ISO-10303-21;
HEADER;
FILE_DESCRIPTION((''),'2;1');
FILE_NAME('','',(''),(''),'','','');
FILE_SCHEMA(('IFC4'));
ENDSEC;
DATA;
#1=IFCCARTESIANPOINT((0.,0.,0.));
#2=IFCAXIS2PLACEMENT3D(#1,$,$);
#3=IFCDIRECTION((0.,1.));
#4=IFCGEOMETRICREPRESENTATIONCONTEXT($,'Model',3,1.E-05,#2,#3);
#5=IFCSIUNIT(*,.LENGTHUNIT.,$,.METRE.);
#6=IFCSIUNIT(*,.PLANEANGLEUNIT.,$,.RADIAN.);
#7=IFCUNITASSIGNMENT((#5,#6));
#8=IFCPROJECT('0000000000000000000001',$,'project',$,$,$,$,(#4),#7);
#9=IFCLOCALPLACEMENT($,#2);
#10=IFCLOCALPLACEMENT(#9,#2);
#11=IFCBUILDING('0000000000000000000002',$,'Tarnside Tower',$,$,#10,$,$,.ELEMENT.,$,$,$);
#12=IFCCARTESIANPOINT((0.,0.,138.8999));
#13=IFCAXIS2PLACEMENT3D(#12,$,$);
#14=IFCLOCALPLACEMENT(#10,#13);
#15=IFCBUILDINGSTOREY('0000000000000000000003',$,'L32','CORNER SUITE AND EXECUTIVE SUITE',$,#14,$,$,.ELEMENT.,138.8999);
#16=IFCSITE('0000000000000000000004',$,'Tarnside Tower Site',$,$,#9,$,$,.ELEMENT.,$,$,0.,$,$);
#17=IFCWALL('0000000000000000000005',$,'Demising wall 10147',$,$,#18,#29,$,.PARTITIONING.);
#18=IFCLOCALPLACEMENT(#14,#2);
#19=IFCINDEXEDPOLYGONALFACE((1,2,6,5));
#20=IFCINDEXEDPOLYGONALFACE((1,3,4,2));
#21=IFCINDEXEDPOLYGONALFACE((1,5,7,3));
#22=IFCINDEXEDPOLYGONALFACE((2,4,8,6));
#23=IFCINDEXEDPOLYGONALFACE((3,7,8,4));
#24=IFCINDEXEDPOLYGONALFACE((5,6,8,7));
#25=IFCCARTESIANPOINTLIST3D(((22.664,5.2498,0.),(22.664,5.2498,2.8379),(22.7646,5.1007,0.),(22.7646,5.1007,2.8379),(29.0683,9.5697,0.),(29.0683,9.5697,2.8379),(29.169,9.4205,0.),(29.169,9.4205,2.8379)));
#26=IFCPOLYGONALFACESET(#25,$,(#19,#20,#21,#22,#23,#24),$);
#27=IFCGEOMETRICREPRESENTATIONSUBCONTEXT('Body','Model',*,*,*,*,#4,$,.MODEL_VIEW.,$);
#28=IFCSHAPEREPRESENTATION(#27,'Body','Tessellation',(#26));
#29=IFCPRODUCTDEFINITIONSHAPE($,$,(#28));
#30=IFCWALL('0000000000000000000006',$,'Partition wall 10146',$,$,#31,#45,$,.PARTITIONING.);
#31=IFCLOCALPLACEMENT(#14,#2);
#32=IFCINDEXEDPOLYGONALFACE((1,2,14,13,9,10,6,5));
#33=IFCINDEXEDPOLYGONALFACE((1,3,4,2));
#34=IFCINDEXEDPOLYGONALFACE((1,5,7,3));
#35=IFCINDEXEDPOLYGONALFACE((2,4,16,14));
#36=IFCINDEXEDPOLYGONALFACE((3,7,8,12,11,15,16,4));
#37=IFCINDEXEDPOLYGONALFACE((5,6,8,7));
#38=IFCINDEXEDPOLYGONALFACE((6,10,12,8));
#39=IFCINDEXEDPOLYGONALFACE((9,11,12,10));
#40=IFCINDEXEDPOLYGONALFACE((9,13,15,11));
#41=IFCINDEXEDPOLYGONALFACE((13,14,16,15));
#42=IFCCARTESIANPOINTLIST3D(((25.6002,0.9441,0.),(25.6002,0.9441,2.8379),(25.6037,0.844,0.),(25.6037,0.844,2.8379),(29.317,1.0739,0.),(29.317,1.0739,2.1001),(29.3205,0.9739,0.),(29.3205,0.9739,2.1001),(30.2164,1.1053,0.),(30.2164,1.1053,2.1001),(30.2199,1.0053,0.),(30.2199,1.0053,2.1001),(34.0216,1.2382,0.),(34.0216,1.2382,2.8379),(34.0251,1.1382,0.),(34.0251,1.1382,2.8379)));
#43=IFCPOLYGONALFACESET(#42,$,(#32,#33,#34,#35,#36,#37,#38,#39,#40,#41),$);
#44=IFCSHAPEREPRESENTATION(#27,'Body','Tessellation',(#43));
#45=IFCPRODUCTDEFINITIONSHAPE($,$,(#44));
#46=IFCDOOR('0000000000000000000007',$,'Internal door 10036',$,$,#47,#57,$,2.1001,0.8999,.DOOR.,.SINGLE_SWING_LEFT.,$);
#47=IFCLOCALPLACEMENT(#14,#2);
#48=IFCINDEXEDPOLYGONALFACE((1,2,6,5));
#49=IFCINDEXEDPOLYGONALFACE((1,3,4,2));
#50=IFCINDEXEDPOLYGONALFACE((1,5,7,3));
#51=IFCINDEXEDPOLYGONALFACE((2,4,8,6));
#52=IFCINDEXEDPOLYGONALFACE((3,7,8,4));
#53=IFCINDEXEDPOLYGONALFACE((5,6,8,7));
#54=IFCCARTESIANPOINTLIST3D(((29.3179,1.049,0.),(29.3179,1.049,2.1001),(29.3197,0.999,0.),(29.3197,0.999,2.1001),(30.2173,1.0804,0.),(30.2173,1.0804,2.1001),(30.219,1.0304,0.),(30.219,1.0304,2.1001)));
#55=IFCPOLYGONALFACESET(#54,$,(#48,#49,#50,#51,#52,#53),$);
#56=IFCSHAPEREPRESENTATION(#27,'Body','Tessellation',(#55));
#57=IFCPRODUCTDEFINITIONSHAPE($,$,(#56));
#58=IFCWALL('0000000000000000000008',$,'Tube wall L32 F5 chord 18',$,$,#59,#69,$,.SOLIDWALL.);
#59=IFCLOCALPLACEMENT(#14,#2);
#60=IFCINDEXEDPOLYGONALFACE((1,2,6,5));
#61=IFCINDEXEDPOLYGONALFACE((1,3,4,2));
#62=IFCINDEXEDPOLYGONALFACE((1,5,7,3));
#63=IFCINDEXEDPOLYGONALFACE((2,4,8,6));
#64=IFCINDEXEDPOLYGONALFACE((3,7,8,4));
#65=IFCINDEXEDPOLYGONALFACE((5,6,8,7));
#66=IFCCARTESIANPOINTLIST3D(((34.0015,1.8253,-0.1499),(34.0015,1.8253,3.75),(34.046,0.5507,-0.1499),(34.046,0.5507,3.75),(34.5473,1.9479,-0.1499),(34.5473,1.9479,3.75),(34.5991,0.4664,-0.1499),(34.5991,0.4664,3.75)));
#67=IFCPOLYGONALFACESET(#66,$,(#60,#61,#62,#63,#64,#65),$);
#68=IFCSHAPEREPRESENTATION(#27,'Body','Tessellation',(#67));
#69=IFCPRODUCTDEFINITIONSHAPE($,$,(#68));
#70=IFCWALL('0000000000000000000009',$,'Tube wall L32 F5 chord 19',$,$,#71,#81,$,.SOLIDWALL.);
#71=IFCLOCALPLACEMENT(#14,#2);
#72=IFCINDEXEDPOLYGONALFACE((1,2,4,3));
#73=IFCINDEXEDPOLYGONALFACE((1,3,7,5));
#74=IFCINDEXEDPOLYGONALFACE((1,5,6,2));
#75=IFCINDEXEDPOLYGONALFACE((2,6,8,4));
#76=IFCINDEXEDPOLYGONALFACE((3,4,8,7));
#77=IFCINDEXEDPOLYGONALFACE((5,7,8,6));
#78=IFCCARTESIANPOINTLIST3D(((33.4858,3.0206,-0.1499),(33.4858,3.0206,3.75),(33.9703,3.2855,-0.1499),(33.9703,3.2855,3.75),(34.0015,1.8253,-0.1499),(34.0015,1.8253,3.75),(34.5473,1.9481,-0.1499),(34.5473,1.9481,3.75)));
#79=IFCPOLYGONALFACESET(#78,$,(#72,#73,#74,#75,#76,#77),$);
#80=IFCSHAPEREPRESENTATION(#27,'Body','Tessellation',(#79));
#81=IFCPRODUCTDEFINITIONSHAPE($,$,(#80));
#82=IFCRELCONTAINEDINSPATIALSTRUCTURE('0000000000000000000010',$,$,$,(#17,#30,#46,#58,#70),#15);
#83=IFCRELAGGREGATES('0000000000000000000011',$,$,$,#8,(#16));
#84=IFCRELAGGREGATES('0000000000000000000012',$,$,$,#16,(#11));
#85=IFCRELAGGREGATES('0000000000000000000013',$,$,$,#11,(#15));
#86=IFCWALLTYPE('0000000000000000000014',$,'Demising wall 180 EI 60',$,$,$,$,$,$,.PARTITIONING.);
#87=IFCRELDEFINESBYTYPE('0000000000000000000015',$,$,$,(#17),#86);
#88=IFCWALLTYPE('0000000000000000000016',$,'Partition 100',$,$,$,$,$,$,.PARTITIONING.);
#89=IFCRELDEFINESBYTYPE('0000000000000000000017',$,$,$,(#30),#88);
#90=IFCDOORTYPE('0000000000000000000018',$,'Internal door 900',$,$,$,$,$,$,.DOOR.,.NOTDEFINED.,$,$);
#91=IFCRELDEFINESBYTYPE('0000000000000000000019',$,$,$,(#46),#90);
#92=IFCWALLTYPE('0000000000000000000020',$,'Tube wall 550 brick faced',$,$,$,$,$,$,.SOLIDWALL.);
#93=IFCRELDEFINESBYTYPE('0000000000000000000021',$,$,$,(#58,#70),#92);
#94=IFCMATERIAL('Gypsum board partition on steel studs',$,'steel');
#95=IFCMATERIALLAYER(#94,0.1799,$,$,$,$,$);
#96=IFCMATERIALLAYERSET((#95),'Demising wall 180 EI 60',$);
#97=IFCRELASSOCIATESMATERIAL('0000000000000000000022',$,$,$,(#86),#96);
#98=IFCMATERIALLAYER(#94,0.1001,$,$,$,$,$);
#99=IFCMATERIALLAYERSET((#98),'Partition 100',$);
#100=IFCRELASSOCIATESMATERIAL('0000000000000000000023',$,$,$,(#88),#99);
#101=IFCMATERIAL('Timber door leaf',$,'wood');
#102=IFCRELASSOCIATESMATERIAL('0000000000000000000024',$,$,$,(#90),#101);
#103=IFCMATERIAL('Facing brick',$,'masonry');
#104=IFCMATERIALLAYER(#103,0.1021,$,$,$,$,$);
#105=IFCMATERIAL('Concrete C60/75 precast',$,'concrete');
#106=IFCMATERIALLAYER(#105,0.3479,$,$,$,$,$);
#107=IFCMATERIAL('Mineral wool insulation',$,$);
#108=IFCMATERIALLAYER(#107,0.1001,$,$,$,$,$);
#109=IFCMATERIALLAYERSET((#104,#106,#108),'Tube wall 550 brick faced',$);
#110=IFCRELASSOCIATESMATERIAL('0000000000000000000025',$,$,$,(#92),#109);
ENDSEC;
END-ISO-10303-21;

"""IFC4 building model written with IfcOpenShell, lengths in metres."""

from ifc_helpers import new_model, si_unit, direction, frame, frame_2d, origin, place, context, subcontext, project, spatial, polyline, rectangle, outline, extrude, material, layer, layer_set, type_object, element, fill, save


model = new_model("IFC4")

# Units and contexts
model_context = context("Model", 3, precision=1e-05, world=origin(), true_north=direction((0.0, 1.0)))
body_context = subcontext(model_context, "Body", "Model", "MODEL_VIEW")
ifc_project = project(units=[si_unit("LENGTHUNIT", "METRE"), si_unit("PLANEANGLEUNIT", "RADIAN")], contexts=[model_context])

# Site, building, storey
site_placement = place(None, origin())
site = spatial("IfcSite", under=ifc_project, at=site_placement, Name="Tarnside Tower Site", CompositionType="ELEMENT", RefElevation=0.0)
building_placement = place(site_placement, origin())
building = spatial("IfcBuilding", under=site, at=building_placement, Name="Tarnside Tower", CompositionType="ELEMENT")
storey_placement = place(building_placement, frame((0.0, 0.0, 138.8999)))
storey = spatial("IfcBuildingStorey", under=building, at=storey_placement, Name="L32", Description="CORNER SUITE AND EXECUTIVE SUITE", CompositionType="ELEMENT", Elevation=138.8999)

# Wall
ifc_material_1 = material(Name="Gypsum board partition on steel studs", Category="steel")
ifc_layer_1 = layer(ifc_material_1, 0.1799)
ifc_layer_set_1 = layer_set([ifc_layer_1], Name="Demising wall 180 EI 60")
wall_type_1 = type_object("IfcWallType", Name="Demising wall 180 EI 60", PredefinedType="PARTITIONING", material=ifc_layer_set_1)
wall_1_placement = place(storey_placement, frame((29.1187, 9.4951, 0.0), z_axis=(0.0, 0.0, 1.0), x_axis=(-0.829033, -0.559199, 0.0)))
element("IfcWall", 1, at=wall_1_placement, inside=storey, type_object=wall_type_1, Name="Demising wall 10147", PredefinedType="PARTITIONING", context=body_context, shape_type="SweptSolid", body=[
    extrude(rectangle(XDim=7.7251, YDim=0.1799, at=frame_2d((3.8625, 0.0))), origin(), (0.0, 0.0, 1.0), 2.8379),
])

# Wall, opening, door
ifc_layer_2 = layer(ifc_material_1, 0.1001)
ifc_layer_set_2 = layer_set([ifc_layer_2], Name="Partition 100")
wall_type_2 = type_object("IfcWallType", Name="Partition 100", PredefinedType="PARTITIONING", material=ifc_layer_set_2)
wall_2_placement = place(storey_placement, frame((34.0234, 1.1882, 0.0), z_axis=(0.0, 0.0, 1.0), x_axis=(-0.99939, -0.034912, 0.0)))
wall_2 = element("IfcWall", 2, at=wall_2_placement, inside=storey, type_object=wall_type_2, Name="Partition wall 10146", PredefinedType="PARTITIONING", context=body_context, shape_type="SweptSolid", body=[
    extrude(rectangle(XDim=8.4265, YDim=0.1001, at=frame_2d((4.2134, 0.0))), origin(), (0.0, 0.0, 1.0), 2.8379),
])
opening_1_placement = place(wall_2_placement, frame((3.8076, 0.0, 0.0)))
opening_1 = element("IfcOpeningElement", 3, at=opening_1_placement, cuts=wall_2, PredefinedType="OPENING", context=body_context, shape_type="SweptSolid", body=[
    extrude(rectangle(XDim=0.8999, YDim=2.1001, at=frame_2d((0.45, 1.05))), frame((0.0, 0.0601, 0.0), z_axis=(0.0, -1.0, 0.0), x_axis=(1.0, 0.0, 0.0)), (0.0, 0.0, 1.0), 0.1201),
])
ifc_material_2 = material(Name="Timber door leaf", Category="wood")
door_type = type_object("IfcDoorType", Name="Internal door 900", OperationType="NOTDEFINED", PredefinedType="DOOR", material=ifc_material_2)
door_placement = place(opening_1_placement, origin())
door = element("IfcDoor", 4, at=door_placement, inside=storey, type_object=door_type, Name="Internal door 10036", OperationType="SINGLE_SWING_LEFT", OverallHeight=2.1001, OverallWidth=0.8999, PredefinedType="DOOR", context=body_context, shape_type="SweptSolid", body=[
    extrude(rectangle(XDim=0.8999, YDim=2.1001, at=frame_2d((0.45, 1.05))), frame((0.0, 0.0249, 0.0), z_axis=(0.0, -1.0, 0.0), x_axis=(1.0, 0.0, 0.0)), (0.0, 0.0, 1.0), 0.05),
])
fill(opening_1, door)

# Walls
ifc_material_3 = material(Name="Facing brick", Category="masonry")
ifc_layer_3 = layer(ifc_material_3, 0.1021)
ifc_material_4 = material(Name="Concrete C60/75 precast", Category="concrete")
ifc_layer_4 = layer(ifc_material_4, 0.3479)
ifc_material_5 = material(Name="Mineral wool insulation")
ifc_layer_5 = layer(ifc_material_5, 0.1001)
ifc_layer_set_3 = layer_set([ifc_layer_3, ifc_layer_4, ifc_layer_5], Name="Tube wall 550 brick faced")
wall_type_3 = type_object("IfcWallType", Name="Tube wall 550 brick faced", PredefinedType="SOLIDWALL", material=ifc_layer_set_3)
wall_3_placement = place(storey_placement, frame((34.3225, 0.5085, -0.1499), z_axis=(0.0, 0.0, 1.0), x_axis=(-0.034877, 0.999392, 0.0)))
element("IfcWall", 5, at=wall_3_placement, inside=storey, type_object=wall_type_3, Name="Tube wall L32 F5 chord 18", PredefinedType="SOLIDWALL", context=body_context, shape_type="SweptSolid", body=[
    extrude(outline(polyline([(-0.0518, -0.2749), (1.4307, -0.2749), (1.3271, 0.2749), (0.0518, 0.2749), (-0.0518, -0.2749)])), origin(), (0.0, 0.0, 1.0), 3.8999),
])
wall_4_placement = place(storey_placement, frame((34.2744, 1.8867, -0.1499), z_axis=(0.0, 0.0, 1.0), x_axis=(-0.396161, 0.918181, 0.0)))
element("IfcWall", 6, at=wall_4_placement, inside=storey, type_object=wall_type_3, Name="Tube wall L32 F5 chord 19", PredefinedType="SOLIDWALL", context=body_context, shape_type="SweptSolid", body=[
    extrude(outline(polyline([(-0.0518, -0.2749), (1.4048, -0.2749), (1.3535, 0.2749), (0.0518, 0.2749), (-0.0518, -0.2749)])), origin(), (0.0, 0.0, 1.0), 3.8999),
])

save(model, "model.ifc")
